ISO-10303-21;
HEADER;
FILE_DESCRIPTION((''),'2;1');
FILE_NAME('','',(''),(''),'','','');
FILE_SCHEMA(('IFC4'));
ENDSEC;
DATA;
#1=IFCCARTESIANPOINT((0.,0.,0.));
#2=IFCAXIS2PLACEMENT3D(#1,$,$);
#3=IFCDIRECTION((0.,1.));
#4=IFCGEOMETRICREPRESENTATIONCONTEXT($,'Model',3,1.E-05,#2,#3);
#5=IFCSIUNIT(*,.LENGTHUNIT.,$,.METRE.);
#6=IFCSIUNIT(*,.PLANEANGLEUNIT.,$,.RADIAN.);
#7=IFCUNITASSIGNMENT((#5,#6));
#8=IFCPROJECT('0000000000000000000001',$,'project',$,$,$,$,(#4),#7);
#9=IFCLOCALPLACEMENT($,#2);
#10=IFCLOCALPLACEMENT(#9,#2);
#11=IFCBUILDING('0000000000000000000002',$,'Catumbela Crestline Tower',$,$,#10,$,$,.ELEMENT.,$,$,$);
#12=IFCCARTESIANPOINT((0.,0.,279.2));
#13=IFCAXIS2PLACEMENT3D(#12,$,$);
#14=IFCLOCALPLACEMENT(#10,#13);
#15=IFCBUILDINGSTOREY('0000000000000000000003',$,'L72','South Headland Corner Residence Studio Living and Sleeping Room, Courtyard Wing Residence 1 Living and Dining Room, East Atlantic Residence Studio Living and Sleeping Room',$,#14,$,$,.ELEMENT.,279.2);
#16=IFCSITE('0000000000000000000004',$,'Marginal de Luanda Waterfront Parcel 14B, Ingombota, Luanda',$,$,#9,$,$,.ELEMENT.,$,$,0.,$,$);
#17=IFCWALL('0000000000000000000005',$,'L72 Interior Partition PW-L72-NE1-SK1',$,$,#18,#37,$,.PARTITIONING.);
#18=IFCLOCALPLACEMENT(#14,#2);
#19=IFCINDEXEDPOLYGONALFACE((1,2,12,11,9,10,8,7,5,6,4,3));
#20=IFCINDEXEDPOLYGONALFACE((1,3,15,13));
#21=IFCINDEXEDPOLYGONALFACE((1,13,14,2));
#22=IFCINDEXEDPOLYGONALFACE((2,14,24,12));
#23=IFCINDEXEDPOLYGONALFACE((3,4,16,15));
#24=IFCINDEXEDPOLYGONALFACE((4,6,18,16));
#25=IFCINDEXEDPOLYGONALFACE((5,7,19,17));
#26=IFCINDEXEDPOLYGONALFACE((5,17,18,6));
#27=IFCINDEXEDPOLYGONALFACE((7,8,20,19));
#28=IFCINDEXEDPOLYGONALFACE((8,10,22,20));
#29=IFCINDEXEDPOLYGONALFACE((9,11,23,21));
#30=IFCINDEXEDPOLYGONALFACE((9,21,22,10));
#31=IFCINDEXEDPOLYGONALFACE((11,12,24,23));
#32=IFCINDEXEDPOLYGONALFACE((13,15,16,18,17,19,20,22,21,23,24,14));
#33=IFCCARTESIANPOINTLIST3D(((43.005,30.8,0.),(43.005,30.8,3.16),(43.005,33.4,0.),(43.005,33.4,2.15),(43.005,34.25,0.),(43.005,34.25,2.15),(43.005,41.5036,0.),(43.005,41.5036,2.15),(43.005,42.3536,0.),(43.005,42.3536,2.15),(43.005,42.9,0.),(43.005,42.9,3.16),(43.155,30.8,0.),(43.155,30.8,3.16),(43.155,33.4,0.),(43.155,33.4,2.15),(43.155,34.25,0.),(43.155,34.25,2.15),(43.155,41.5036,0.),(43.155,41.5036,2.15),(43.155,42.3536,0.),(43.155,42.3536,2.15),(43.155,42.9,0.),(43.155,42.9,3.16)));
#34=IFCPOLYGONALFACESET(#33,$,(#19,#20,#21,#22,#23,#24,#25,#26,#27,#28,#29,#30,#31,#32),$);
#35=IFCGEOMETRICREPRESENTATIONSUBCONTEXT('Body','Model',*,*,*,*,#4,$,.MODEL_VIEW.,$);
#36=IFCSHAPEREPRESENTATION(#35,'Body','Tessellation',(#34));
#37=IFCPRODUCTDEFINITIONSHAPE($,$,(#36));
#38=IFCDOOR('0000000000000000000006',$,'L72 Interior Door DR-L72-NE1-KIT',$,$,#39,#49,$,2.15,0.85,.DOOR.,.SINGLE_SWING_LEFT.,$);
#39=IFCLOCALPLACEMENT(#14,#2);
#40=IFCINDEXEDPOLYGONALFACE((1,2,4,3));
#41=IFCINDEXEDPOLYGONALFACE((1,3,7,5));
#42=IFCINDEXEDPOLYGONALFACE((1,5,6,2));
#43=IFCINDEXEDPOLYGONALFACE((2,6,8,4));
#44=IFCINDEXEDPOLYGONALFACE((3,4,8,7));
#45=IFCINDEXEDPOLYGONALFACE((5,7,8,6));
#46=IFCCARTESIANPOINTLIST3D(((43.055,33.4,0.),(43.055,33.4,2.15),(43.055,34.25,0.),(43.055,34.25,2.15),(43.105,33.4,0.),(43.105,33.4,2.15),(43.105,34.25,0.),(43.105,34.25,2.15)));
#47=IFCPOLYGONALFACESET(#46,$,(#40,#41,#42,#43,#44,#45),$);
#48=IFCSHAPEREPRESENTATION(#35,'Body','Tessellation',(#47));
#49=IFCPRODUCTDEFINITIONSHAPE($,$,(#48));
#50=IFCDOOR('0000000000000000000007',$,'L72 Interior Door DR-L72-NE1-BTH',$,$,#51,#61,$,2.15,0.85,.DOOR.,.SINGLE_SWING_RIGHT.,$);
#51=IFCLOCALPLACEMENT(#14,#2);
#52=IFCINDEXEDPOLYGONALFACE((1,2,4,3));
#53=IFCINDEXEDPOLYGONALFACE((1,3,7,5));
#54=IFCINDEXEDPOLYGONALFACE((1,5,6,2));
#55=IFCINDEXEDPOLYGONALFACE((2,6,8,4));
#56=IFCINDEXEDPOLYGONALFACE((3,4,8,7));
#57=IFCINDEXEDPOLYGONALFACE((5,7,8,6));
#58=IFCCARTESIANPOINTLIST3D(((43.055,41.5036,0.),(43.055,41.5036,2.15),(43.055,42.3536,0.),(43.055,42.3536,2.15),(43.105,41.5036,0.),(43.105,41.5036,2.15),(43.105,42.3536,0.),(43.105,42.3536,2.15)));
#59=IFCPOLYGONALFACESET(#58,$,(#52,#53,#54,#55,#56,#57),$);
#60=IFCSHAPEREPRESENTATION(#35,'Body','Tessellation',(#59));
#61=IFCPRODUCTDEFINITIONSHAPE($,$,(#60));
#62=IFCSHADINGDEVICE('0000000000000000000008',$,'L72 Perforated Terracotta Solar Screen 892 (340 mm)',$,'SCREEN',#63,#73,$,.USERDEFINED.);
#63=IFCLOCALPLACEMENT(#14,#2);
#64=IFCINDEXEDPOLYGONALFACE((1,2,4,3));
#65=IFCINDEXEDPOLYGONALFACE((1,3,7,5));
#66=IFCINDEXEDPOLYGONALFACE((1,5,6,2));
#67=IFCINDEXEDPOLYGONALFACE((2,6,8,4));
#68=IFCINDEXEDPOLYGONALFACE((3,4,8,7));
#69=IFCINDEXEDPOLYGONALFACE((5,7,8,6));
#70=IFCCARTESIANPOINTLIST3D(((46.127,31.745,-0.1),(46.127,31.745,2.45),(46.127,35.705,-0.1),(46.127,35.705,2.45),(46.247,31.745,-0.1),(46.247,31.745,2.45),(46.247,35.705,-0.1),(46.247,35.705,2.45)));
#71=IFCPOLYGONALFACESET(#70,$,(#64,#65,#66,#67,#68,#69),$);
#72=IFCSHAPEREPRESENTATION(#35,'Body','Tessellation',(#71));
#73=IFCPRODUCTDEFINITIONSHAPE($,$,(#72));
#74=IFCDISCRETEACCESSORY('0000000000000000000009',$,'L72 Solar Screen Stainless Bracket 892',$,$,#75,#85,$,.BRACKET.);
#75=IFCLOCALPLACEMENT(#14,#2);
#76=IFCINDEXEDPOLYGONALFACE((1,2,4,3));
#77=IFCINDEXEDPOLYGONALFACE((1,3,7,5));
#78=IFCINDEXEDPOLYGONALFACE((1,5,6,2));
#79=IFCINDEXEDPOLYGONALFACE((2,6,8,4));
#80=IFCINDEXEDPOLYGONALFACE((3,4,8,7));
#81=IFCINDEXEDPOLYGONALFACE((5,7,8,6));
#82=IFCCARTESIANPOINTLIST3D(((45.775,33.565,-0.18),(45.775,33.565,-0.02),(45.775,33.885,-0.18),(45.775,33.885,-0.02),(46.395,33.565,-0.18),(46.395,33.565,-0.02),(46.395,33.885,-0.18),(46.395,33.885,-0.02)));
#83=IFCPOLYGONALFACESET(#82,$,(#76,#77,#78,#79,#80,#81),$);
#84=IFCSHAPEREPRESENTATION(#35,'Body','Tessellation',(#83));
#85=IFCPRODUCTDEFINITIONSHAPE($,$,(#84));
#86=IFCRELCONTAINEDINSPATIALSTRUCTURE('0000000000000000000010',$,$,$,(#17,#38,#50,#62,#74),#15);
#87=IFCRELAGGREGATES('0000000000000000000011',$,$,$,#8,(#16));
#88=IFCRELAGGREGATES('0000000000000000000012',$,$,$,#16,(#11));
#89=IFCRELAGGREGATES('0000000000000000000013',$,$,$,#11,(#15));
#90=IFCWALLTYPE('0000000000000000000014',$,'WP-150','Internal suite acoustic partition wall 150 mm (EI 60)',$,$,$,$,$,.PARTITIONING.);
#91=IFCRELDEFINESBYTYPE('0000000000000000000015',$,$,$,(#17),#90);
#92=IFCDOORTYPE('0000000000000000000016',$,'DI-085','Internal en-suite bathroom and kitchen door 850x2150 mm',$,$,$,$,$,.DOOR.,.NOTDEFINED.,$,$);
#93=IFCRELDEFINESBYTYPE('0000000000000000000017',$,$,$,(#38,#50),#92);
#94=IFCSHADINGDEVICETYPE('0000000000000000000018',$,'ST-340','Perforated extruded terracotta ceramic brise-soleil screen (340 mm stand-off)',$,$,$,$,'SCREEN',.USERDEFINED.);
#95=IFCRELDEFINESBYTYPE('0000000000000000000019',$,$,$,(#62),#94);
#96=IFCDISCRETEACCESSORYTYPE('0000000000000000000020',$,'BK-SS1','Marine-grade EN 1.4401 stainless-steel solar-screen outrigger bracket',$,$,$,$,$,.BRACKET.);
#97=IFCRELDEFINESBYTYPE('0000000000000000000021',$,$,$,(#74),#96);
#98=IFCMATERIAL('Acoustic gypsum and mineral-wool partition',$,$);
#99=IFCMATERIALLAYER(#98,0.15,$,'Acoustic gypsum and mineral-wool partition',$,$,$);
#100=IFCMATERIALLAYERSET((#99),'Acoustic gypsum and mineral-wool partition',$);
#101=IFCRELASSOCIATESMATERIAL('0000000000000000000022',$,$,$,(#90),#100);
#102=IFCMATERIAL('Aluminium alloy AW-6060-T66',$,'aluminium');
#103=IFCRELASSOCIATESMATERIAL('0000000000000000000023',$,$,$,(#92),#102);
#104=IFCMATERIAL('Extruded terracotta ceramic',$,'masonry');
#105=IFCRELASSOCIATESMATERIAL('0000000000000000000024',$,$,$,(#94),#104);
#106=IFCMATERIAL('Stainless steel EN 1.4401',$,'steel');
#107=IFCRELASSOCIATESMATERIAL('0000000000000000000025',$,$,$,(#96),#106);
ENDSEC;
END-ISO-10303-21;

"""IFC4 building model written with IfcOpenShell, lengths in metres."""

from ifc_helpers import new_model, si_unit, direction, frame, frame_2d, origin, origin_2d, place, context, subcontext, project, spatial, rectangle, extrude, material, layer, layer_set, type_object, element, fill, save


model = new_model("IFC4")

# Units and contexts
model_context = context("Model", 3, precision=1e-05, world=origin(), true_north=direction((0.0, 1.0)))
body_context = subcontext(model_context, "Body", "Model", "MODEL_VIEW")
ifc_project = project(units=[si_unit("LENGTHUNIT", "METRE"), si_unit("PLANEANGLEUNIT", "RADIAN")], contexts=[model_context])

# Site, building, storey
site_placement = place(None, origin())
site = spatial("IfcSite", under=ifc_project, at=site_placement, Name="Marginal de Luanda Waterfront Parcel 14B, Ingombota, Luanda", CompositionType="ELEMENT", RefElevation=0.0)
building_placement = place(site_placement, origin())
building = spatial("IfcBuilding", under=site, at=building_placement, Name="Catumbela Crestline Tower", CompositionType="ELEMENT")
storey_placement = place(building_placement, frame((0.0, 0.0, 279.2)))
storey = spatial("IfcBuildingStorey", under=building, at=storey_placement, Name="L72", Description="South Headland Corner Residence Studio Living and Sleeping Room, Courtyard Wing Residence 1 Living and Dining Room, East Atlantic Residence Studio Living and Sleeping Room", CompositionType="ELEMENT", Elevation=279.2)

# Shared definitions
ifc_material_1 = material(Name="Aluminium alloy AW-6060-T66", Category="aluminium")

# Shared definitions
ifc_material_2 = material(Name="Acoustic gypsum and mineral-wool partition")

# Shared definitions
ifc_layer_1 = layer(ifc_material_2, 0.15, Name="Acoustic gypsum and mineral-wool partition")
ifc_layer_set_1 = layer_set([ifc_layer_1], Name="Acoustic gypsum and mineral-wool partition")
wall_type_1 = type_object("IfcWallType", Name="WP-150", Description="Internal suite acoustic partition wall 150 mm (EI 60)", PredefinedType="PARTITIONING", material=ifc_layer_set_1)

# Wall, openings, doors
wall_1_placement = place(storey_placement, frame((43.08, 30.8, 0.0), z_axis=(0.0, 0.0, 1.0), x_axis=(0.0, 1.0, 0.0)))
wall_1 = element("IfcWall", 1, at=wall_1_placement, inside=storey, type_object=wall_type_1, Name="L72 Interior Partition PW-L72-NE1-SK1", PredefinedType="PARTITIONING", context=body_context, shape_type="SweptSolid", body=[
    extrude(rectangle(XDim=12.1, YDim=0.15, at=frame_2d((6.05, 0.0))), origin(), (0.0, 0.0, 1.0), 3.16),
])
opening_1_placement = place(wall_1_placement, frame((2.6, 0.0, 0.0)))
opening_1 = element("IfcOpeningElement", 2, at=opening_1_placement, cuts=wall_1, PredefinedType="OPENING", context=body_context, shape_type="SweptSolid", body=[
    extrude(rectangle(XDim=0.85, YDim=2.15, at=frame_2d((0.425, 1.075))), frame((0.0, 0.085, 0.0), z_axis=(0.0, -1.0, 0.0), x_axis=(1.0, 0.0, 0.0)), (0.0, 0.0, 1.0), 0.17),
])
opening_2_placement = place(wall_1_placement, frame((10.7036, 0.0, 0.0)))
opening_2 = element("IfcOpeningElement", 3, at=opening_2_placement, cuts=wall_1, PredefinedType="OPENING", context=body_context, shape_type="SweptSolid", body=[
    extrude(rectangle(XDim=0.85, YDim=2.15, at=frame_2d((0.425, 1.075))), frame((0.0, 0.085, 0.0), z_axis=(0.0, -1.0, 0.0), x_axis=(1.0, 0.0, 0.0)), (0.0, 0.0, 1.0), 0.17),
])
door_type_1 = type_object("IfcDoorType", Name="DI-085", Description="Internal en-suite bathroom and kitchen door 850x2150 mm", OperationType="NOTDEFINED", PredefinedType="DOOR", material=ifc_material_1)
door_1_placement = place(opening_1_placement, origin())
door_1 = element("IfcDoor", 4, at=door_1_placement, inside=storey, type_object=door_type_1, Name="L72 Interior Door DR-L72-NE1-KIT", OperationType="SINGLE_SWING_LEFT", OverallHeight=2.15, OverallWidth=0.85, PredefinedType="DOOR", context=body_context, shape_type="SweptSolid", body=[
    extrude(rectangle(XDim=0.85, YDim=2.15, at=frame_2d((0.425, 1.075))), frame((0.0, 0.025, 0.0), z_axis=(0.0, -1.0, 0.0), x_axis=(1.0, 0.0, 0.0)), (0.0, 0.0, 1.0), 0.05),
])
fill(opening_1, door_1)
door_2_placement = place(opening_2_placement, origin())
door_2 = element("IfcDoor", 5, at=door_2_placement, inside=storey, type_object=door_type_1, Name="L72 Interior Door DR-L72-NE1-BTH", OperationType="SINGLE_SWING_RIGHT", OverallHeight=2.15, OverallWidth=0.85, PredefinedType="DOOR", context=body_context, shape_type="SweptSolid", body=[
    extrude(rectangle(XDim=0.85, YDim=2.15, at=frame_2d((0.425, 1.075))), frame((0.0, 0.025, 0.0), z_axis=(0.0, -1.0, 0.0), x_axis=(1.0, 0.0, 0.0)), (0.0, 0.0, 1.0), 0.05),
])
fill(opening_2, door_2)

# Shading device
ifc_material_3 = material(Name="Extruded terracotta ceramic", Category="masonry")
shading_device_type = type_object("IfcShadingDeviceType", Name="ST-340", Description="Perforated extruded terracotta ceramic brise-soleil screen (340 mm stand-off)", ElementType="SCREEN", PredefinedType="USERDEFINED", material=ifc_material_3)
shading_device_placement = place(storey_placement, frame((46.187, 33.725, -0.1), z_axis=(0.0, 0.0, 1.0), x_axis=(0.0, 1.0, 0.0)))
element("IfcShadingDevice", 6, at=shading_device_placement, inside=storey, type_object=shading_device_type, Name="L72 Perforated Terracotta Solar Screen 892 (340 mm)", ObjectType="SCREEN", PredefinedType="USERDEFINED", context=body_context, shape_type="SweptSolid", body=[
    extrude(rectangle(XDim=3.96, YDim=0.12, at=origin_2d()), origin(), (0.0, 0.0, 1.0), 2.55),
])

# Discrete accessory
ifc_material_4 = material(Name="Stainless steel EN 1.4401", Category="steel")
discrete_accessory_type = type_object("IfcDiscreteAccessoryType", Name="BK-SS1", Description="Marine-grade EN 1.4401 stainless-steel solar-screen outrigger bracket", PredefinedType="BRACKET", material=ifc_material_4)
discrete_accessory_placement = place(storey_placement, frame((46.085, 33.725, -0.18), z_axis=(0.0, 0.0, 1.0), x_axis=(0.0, 1.0, 0.0)))
element("IfcDiscreteAccessory", 7, at=discrete_accessory_placement, inside=storey, type_object=discrete_accessory_type, Name="L72 Solar Screen Stainless Bracket 892", PredefinedType="BRACKET", context=body_context, shape_type="SweptSolid", body=[
    extrude(rectangle(XDim=0.32, YDim=0.62, at=origin_2d()), origin(), (0.0, 0.0, 1.0), 0.16),
])

save(model, "model.ifc")
